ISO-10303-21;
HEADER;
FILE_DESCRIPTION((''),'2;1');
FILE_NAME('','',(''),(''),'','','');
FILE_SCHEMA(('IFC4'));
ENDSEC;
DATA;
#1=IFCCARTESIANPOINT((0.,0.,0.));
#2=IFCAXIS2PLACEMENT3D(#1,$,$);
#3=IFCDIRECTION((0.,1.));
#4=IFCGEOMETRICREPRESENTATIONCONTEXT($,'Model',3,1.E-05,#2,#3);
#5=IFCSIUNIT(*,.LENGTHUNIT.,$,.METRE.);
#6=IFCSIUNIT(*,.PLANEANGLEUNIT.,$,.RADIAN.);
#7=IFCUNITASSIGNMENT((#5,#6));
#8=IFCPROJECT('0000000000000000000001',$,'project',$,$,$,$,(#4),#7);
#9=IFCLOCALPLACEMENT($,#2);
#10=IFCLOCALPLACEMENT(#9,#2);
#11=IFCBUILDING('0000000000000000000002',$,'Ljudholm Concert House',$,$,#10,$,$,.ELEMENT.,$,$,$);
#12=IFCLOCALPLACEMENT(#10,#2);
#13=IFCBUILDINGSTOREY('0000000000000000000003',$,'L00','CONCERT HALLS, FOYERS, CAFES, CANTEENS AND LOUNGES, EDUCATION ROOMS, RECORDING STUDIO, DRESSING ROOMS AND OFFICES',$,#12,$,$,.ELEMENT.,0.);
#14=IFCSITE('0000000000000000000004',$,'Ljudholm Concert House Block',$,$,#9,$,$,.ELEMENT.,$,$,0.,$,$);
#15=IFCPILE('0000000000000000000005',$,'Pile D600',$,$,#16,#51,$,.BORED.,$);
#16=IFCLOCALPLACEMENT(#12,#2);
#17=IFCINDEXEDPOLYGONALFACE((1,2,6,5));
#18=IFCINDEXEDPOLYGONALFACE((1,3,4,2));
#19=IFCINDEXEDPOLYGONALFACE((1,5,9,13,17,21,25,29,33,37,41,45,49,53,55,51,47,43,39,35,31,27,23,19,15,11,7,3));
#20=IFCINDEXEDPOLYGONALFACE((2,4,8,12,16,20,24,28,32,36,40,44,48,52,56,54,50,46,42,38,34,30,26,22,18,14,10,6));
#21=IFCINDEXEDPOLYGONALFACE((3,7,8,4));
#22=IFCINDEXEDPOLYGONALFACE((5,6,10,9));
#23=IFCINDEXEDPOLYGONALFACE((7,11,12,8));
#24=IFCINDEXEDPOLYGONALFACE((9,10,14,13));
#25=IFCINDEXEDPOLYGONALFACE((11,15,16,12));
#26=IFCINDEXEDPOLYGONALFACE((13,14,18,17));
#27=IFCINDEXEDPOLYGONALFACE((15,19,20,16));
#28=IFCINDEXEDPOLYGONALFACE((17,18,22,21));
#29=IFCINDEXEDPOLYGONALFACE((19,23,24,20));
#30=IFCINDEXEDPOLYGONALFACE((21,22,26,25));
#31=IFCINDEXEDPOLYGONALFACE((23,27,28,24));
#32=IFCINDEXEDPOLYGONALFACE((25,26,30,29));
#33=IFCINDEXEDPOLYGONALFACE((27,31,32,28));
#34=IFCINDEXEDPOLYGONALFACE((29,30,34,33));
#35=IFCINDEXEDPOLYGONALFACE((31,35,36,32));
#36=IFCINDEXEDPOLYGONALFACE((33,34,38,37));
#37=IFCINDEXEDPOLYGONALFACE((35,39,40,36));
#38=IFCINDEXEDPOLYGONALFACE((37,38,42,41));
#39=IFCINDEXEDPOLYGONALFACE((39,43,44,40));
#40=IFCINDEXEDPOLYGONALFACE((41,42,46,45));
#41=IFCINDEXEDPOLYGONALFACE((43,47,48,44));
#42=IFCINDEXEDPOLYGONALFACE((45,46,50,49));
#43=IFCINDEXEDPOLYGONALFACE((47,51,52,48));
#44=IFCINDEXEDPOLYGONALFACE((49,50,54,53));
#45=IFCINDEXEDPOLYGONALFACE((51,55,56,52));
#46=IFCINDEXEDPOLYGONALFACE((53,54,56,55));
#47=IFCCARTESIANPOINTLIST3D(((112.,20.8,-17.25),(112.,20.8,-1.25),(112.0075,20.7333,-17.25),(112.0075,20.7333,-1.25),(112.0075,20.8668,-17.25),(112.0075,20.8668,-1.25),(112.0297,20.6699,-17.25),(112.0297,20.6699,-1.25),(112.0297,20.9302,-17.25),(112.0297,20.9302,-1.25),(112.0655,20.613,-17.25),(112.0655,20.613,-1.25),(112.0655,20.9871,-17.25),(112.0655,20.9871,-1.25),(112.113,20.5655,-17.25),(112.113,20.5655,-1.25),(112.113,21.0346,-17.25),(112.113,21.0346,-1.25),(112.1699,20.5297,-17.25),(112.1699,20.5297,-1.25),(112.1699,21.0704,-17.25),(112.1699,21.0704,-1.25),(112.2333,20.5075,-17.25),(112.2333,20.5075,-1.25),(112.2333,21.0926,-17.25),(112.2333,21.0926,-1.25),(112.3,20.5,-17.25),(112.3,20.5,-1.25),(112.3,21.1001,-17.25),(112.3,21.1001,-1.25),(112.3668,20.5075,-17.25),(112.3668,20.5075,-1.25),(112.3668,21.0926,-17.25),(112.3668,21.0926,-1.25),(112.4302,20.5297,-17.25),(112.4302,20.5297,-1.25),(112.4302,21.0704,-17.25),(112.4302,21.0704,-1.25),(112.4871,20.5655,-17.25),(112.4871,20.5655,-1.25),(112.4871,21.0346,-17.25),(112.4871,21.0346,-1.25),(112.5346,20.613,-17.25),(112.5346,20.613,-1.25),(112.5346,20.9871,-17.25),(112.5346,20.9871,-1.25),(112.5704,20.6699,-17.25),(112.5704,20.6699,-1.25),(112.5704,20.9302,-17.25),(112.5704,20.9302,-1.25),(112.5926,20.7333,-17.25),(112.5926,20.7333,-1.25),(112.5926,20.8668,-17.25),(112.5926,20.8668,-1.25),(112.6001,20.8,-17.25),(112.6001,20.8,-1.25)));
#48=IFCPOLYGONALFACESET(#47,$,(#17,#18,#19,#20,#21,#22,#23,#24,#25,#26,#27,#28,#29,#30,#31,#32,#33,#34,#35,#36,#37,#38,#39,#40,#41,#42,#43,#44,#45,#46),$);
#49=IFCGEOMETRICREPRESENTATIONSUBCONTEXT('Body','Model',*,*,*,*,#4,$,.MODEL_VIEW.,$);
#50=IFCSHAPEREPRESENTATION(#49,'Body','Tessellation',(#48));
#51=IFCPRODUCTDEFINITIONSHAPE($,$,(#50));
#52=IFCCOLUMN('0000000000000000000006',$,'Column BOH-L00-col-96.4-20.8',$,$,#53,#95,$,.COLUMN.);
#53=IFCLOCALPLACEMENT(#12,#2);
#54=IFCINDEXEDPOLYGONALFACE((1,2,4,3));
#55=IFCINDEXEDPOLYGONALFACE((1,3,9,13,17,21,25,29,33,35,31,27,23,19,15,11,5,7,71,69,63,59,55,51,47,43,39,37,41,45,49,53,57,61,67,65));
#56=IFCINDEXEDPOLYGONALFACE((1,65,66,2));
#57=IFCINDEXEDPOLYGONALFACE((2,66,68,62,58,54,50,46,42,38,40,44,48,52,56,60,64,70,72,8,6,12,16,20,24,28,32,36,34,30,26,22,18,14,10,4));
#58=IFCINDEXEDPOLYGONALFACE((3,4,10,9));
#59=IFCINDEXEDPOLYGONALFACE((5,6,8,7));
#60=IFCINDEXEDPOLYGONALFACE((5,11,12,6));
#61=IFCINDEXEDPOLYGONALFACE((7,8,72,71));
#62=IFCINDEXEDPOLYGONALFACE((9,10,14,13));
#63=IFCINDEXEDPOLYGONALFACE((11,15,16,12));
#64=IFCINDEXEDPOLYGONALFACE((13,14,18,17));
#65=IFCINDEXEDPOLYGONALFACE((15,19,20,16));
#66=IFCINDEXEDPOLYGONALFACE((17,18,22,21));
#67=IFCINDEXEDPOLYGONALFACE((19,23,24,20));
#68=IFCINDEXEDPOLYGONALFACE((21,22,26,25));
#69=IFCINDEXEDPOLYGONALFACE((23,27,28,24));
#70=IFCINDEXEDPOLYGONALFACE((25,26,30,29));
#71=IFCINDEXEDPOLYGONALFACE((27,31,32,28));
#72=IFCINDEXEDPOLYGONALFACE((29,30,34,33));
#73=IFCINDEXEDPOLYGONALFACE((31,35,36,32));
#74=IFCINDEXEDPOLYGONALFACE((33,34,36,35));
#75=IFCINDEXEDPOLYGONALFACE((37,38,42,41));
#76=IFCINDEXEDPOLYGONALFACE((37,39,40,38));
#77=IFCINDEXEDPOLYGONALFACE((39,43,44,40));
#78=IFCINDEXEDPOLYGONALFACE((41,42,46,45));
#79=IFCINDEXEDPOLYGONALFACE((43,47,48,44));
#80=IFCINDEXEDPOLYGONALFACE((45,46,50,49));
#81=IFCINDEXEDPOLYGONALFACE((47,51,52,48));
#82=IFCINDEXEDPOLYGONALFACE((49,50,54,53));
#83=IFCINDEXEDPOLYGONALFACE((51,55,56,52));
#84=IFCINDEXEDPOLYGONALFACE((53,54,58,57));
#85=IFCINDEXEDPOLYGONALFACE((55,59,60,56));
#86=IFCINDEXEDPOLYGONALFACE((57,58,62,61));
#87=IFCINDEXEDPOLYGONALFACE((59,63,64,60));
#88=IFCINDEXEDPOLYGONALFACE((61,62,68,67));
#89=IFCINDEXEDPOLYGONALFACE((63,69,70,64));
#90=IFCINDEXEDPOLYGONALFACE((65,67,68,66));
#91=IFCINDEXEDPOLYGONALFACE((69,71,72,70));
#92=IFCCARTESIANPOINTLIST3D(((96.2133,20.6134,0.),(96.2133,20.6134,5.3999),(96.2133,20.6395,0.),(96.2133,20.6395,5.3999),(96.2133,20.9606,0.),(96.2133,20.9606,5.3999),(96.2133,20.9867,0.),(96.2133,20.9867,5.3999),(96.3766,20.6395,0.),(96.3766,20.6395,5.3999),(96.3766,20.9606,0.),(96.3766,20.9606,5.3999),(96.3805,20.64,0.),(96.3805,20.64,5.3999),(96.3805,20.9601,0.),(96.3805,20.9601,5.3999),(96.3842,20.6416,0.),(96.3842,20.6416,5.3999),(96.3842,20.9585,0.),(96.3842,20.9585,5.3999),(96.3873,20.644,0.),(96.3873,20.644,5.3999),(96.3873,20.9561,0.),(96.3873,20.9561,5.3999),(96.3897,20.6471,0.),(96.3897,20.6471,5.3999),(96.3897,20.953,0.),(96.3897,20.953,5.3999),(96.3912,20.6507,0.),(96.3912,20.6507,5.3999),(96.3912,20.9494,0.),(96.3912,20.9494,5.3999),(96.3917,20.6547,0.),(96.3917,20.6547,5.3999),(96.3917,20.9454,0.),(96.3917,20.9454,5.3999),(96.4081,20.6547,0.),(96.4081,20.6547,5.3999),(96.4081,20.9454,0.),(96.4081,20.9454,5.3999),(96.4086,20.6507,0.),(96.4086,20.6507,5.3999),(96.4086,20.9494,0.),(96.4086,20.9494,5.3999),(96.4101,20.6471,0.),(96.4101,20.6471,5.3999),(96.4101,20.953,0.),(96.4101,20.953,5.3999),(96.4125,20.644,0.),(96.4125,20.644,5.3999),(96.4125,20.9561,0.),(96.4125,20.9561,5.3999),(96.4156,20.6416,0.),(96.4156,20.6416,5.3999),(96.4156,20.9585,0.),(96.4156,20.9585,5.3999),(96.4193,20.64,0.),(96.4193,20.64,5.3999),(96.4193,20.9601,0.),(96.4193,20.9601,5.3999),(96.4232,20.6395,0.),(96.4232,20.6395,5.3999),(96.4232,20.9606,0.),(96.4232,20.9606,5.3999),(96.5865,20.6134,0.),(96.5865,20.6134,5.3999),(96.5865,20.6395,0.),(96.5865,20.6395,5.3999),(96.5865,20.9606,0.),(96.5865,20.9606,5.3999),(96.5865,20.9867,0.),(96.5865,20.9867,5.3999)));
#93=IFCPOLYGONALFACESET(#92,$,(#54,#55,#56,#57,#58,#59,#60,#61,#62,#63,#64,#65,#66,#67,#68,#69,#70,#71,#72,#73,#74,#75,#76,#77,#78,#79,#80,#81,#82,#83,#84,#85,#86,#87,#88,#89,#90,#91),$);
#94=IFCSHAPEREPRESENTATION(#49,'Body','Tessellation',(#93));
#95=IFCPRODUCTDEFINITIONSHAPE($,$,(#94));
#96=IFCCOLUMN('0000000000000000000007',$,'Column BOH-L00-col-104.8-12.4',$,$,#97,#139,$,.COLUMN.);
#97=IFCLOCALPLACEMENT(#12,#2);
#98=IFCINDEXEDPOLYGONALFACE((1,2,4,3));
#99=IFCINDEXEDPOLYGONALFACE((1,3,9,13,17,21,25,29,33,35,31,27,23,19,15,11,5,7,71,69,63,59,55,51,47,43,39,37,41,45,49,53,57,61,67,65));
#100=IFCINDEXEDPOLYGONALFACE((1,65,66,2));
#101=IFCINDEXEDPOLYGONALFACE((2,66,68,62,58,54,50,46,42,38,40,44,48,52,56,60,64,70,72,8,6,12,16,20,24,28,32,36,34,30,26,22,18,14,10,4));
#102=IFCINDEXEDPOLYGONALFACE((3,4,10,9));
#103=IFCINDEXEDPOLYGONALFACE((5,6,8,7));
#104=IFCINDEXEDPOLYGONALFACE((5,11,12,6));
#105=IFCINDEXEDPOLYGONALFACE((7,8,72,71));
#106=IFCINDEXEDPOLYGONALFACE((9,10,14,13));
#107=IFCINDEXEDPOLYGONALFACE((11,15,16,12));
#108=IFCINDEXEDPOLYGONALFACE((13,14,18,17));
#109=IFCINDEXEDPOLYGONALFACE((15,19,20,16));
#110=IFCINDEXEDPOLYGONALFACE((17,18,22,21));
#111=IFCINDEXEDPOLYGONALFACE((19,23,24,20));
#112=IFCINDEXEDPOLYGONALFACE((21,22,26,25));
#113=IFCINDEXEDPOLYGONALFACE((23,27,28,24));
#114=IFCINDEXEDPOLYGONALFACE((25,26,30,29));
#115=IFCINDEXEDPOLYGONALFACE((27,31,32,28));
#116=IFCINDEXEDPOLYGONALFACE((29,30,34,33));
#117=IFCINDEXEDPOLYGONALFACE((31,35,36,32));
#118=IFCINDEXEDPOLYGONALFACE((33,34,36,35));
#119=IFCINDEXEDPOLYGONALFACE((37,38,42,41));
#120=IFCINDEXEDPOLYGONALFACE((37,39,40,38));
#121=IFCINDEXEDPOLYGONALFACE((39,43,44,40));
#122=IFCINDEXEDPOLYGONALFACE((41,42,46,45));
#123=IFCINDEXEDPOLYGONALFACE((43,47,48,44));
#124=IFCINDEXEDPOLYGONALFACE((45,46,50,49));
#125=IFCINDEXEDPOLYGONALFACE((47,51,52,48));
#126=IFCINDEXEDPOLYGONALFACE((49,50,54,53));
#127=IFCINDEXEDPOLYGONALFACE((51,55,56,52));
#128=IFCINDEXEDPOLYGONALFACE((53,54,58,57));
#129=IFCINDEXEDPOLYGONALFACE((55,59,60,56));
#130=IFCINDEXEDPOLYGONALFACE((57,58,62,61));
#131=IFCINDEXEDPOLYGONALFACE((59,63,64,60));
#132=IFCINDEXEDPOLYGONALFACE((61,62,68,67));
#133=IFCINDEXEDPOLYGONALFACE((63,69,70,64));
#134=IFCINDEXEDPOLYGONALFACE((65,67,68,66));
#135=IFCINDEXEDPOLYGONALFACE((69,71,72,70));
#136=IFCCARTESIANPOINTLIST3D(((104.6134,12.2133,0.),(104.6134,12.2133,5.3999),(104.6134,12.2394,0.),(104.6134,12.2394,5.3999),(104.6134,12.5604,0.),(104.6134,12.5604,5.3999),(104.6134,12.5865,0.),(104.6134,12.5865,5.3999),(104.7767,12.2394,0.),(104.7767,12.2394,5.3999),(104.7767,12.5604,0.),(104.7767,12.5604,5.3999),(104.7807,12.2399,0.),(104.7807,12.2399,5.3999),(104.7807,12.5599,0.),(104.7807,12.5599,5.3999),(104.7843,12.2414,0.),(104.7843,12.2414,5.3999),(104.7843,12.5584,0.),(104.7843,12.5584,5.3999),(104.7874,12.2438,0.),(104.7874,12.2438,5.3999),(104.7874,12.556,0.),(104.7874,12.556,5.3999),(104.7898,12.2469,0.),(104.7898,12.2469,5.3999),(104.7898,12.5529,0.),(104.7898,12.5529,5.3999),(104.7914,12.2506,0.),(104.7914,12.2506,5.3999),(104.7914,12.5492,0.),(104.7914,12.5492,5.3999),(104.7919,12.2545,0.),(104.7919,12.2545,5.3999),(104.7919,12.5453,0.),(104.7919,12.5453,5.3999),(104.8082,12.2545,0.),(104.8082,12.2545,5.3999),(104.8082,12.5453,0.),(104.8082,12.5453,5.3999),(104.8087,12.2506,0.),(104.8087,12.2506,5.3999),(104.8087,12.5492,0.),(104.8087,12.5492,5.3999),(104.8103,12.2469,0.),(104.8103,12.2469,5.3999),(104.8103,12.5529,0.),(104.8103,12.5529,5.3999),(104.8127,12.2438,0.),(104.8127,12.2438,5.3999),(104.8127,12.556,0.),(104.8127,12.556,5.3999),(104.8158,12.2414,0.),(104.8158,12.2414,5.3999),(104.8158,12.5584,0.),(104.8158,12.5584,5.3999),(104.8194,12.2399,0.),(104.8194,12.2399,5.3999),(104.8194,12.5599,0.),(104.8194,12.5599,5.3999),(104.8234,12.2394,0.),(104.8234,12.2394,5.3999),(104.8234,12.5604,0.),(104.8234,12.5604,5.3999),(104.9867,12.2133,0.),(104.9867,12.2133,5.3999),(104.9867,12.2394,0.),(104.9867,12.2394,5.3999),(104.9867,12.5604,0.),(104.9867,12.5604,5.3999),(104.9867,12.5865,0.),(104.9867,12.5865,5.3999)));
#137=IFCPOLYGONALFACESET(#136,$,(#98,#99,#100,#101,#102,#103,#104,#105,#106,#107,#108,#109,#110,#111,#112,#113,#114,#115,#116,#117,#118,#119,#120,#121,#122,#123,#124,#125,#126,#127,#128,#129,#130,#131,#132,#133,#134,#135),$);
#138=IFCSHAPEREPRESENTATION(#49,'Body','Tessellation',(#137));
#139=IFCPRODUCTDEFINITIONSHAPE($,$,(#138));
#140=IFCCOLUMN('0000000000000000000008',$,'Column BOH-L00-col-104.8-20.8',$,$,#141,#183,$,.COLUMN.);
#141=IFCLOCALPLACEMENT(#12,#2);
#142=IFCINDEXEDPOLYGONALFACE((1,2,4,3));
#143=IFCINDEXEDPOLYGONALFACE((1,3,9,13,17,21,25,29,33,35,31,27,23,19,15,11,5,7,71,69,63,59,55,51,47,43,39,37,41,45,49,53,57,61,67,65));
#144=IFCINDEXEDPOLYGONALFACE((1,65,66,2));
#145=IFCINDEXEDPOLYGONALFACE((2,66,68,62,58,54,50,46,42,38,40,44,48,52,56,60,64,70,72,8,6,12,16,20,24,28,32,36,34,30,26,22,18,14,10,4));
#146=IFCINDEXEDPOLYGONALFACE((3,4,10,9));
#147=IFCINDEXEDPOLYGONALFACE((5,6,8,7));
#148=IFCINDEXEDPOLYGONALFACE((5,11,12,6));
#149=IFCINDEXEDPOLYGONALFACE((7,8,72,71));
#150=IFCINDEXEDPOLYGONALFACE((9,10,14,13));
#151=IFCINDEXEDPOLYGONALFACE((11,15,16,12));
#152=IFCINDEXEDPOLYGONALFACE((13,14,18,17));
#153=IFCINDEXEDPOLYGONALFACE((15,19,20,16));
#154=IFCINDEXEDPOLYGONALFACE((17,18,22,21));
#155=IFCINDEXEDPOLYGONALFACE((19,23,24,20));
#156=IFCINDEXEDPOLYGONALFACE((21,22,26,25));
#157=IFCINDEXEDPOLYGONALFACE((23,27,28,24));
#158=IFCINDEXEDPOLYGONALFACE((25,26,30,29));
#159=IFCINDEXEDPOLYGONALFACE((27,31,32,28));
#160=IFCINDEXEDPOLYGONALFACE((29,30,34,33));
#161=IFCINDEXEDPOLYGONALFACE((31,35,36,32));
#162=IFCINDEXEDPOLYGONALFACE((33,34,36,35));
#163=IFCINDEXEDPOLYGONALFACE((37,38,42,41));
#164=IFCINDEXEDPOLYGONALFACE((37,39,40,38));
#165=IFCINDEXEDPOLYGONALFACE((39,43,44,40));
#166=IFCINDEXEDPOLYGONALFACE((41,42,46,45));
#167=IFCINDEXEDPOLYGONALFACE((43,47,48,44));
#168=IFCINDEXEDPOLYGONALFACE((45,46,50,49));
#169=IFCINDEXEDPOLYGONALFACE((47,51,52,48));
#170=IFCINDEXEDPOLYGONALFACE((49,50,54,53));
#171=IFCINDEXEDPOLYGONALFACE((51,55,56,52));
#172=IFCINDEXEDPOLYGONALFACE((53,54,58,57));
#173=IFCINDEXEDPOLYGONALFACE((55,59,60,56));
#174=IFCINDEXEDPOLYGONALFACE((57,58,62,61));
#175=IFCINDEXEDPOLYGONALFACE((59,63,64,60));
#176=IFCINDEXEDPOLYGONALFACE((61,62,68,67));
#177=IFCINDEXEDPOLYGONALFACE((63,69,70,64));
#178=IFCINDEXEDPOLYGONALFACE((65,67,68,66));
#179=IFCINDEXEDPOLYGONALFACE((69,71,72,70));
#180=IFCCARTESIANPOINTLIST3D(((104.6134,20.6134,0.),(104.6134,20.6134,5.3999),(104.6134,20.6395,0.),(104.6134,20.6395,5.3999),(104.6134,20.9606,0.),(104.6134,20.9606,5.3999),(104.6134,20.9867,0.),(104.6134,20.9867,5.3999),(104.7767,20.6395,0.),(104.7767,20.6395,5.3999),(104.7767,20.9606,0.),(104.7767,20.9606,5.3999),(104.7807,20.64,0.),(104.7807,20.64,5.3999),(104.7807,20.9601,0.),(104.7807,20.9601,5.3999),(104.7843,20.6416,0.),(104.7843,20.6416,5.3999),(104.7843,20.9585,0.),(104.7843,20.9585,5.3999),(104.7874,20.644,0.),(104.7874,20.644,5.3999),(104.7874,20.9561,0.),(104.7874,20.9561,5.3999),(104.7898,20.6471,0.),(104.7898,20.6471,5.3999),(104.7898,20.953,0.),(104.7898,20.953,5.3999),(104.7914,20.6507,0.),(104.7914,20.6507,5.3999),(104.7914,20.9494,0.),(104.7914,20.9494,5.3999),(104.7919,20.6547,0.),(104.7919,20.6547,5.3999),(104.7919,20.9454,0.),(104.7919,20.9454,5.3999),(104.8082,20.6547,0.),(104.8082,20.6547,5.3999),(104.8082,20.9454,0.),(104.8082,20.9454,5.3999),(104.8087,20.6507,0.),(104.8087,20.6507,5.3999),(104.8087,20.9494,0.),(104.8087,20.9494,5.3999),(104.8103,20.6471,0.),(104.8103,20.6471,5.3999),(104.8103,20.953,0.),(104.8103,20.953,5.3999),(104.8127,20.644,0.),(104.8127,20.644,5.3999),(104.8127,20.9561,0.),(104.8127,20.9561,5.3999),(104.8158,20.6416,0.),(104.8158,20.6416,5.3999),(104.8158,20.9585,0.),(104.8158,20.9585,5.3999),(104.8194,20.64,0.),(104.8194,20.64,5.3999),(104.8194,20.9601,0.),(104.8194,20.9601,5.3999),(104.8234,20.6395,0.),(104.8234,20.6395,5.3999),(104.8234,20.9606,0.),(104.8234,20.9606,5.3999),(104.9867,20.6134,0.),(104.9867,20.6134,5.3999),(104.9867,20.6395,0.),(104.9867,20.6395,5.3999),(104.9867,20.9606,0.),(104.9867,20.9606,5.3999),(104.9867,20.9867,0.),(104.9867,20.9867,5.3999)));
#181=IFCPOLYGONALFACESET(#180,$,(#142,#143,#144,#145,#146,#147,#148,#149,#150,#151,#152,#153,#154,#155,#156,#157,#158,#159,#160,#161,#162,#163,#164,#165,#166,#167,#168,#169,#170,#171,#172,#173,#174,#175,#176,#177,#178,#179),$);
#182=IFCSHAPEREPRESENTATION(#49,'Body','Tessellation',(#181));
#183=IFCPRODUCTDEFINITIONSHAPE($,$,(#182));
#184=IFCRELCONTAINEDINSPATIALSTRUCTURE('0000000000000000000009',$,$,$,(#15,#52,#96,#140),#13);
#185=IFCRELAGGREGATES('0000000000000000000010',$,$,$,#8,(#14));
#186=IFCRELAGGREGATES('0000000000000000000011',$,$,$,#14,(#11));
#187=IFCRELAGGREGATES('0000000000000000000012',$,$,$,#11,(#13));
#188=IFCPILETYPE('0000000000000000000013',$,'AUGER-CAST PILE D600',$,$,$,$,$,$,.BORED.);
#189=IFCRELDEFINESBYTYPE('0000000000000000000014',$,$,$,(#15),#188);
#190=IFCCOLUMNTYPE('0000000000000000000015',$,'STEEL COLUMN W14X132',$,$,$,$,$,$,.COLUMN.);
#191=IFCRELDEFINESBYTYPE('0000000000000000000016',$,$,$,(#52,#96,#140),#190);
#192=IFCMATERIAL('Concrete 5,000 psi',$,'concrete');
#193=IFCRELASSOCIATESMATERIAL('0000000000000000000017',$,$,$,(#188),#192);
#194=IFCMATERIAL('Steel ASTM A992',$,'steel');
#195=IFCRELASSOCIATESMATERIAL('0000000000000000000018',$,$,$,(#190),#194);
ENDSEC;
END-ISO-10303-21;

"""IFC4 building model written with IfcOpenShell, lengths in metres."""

from ifc_helpers import new_model, si_unit, direction, frame, origin, origin_2d, place, context, subcontext, project, spatial, circle, i_section, extrude, material, material_profile, profile_set, type_object, element, save


model = new_model("IFC4")

# Units and contexts
model_context = context("Model", 3, precision=1e-05, world=origin(), true_north=direction((0.0, 1.0)))
body_context = subcontext(model_context, "Body", "Model", "MODEL_VIEW")
ifc_project = project(units=[si_unit("LENGTHUNIT", "METRE"), si_unit("PLANEANGLEUNIT", "RADIAN")], contexts=[model_context])

# Site, building, storey
site_placement = place(None, origin())
site = spatial("IfcSite", under=ifc_project, at=site_placement, Name="Ljudholm Concert House Block", CompositionType="ELEMENT", RefElevation=0.0)
building_placement = place(site_placement, origin())
building = spatial("IfcBuilding", under=site, at=building_placement, Name="Ljudholm Concert House", CompositionType="ELEMENT")
storey_placement = place(building_placement, origin())
storey = spatial("IfcBuildingStorey", under=building, at=storey_placement, Name="L00", Description="CONCERT HALLS, FOYERS, CAFES, CANTEENS AND LOUNGES, EDUCATION ROOMS, RECORDING STUDIO, DRESSING ROOMS AND OFFICES", CompositionType="ELEMENT", Elevation=0.0)

# Pile
ifc_material_1 = material(Name="Concrete 5,000 psi", Category="concrete")
ifc_material_profile_1 = material_profile(ifc_material_1, circle(Radius=0.3, at=origin_2d()), Name="AUGER-CAST PILE D600")
ifc_profile_set_1 = profile_set([ifc_material_profile_1], Name="Concrete 5,000 psi")
pile_type = type_object("IfcPileType", Name="AUGER-CAST PILE D600", PredefinedType="BORED", material=ifc_profile_set_1)
for number, where, z_axis, x_axis, name in (
    (1, (112.3, 20.8, -1.25), (0.0, 0.0, -1.0), (1.0, 0.0, 0.0), "Pile D600"),
):
    element("IfcPile", number, at=place(storey_placement, frame(where, z_axis=z_axis, x_axis=x_axis)), inside=storey, type_object=pile_type, Name=name, PredefinedType="BORED", context=body_context, shape_type="SweptSolid", body=[
        extrude(circle(Radius=0.3, at=origin_2d()), origin(), (0.0, 0.0, 1.0), 16.0),
    ])

# Columns
ifc_material_2 = material(Name="Steel ASTM A992", Category="steel")
ifc_material_profile_2 = material_profile(ifc_material_2, i_section(OverallWidth=0.3733, OverallDepth=0.3733, WebThickness=0.0164, FlangeThickness=0.0261, FilletRadius=0.0151, at=origin_2d()), Name="W14X132")
ifc_profile_set_2 = profile_set([ifc_material_profile_2], Name="Steel ASTM A992")
column_type = type_object("IfcColumnType", Name="STEEL COLUMN W14X132", PredefinedType="COLUMN", material=ifc_profile_set_2)
for number, where, z_axis, x_axis, name in (
    (2, (96.3999, 20.8, 0.0), (0.0, 0.0, 1.0), (1.0, 0.0, 0.0), "Column BOH-L00-col-96.4-20.8"),
    (3, (104.8, 12.3999, 0.0), (0.0, 0.0, 1.0), (1.0, 0.0, 0.0), "Column BOH-L00-col-104.8-12.4"),
    (4, (104.8, 20.8, 0.0), (0.0, 0.0, 1.0), (1.0, 0.0, 0.0), "Column BOH-L00-col-104.8-20.8"),
):
    element("IfcColumn", number, at=place(storey_placement, frame(where, z_axis=z_axis, x_axis=x_axis)), inside=storey, type_object=column_type, Name=name, PredefinedType="COLUMN", context=body_context, shape_type="SweptSolid", body=[
        extrude(i_section(OverallWidth=0.3733, OverallDepth=0.3733, WebThickness=0.0164, FlangeThickness=0.0261, FilletRadius=0.0151, at=origin_2d()), origin(), (0.0, 0.0, 1.0), 5.3999),
    ])

save(model, "model.ifc")
